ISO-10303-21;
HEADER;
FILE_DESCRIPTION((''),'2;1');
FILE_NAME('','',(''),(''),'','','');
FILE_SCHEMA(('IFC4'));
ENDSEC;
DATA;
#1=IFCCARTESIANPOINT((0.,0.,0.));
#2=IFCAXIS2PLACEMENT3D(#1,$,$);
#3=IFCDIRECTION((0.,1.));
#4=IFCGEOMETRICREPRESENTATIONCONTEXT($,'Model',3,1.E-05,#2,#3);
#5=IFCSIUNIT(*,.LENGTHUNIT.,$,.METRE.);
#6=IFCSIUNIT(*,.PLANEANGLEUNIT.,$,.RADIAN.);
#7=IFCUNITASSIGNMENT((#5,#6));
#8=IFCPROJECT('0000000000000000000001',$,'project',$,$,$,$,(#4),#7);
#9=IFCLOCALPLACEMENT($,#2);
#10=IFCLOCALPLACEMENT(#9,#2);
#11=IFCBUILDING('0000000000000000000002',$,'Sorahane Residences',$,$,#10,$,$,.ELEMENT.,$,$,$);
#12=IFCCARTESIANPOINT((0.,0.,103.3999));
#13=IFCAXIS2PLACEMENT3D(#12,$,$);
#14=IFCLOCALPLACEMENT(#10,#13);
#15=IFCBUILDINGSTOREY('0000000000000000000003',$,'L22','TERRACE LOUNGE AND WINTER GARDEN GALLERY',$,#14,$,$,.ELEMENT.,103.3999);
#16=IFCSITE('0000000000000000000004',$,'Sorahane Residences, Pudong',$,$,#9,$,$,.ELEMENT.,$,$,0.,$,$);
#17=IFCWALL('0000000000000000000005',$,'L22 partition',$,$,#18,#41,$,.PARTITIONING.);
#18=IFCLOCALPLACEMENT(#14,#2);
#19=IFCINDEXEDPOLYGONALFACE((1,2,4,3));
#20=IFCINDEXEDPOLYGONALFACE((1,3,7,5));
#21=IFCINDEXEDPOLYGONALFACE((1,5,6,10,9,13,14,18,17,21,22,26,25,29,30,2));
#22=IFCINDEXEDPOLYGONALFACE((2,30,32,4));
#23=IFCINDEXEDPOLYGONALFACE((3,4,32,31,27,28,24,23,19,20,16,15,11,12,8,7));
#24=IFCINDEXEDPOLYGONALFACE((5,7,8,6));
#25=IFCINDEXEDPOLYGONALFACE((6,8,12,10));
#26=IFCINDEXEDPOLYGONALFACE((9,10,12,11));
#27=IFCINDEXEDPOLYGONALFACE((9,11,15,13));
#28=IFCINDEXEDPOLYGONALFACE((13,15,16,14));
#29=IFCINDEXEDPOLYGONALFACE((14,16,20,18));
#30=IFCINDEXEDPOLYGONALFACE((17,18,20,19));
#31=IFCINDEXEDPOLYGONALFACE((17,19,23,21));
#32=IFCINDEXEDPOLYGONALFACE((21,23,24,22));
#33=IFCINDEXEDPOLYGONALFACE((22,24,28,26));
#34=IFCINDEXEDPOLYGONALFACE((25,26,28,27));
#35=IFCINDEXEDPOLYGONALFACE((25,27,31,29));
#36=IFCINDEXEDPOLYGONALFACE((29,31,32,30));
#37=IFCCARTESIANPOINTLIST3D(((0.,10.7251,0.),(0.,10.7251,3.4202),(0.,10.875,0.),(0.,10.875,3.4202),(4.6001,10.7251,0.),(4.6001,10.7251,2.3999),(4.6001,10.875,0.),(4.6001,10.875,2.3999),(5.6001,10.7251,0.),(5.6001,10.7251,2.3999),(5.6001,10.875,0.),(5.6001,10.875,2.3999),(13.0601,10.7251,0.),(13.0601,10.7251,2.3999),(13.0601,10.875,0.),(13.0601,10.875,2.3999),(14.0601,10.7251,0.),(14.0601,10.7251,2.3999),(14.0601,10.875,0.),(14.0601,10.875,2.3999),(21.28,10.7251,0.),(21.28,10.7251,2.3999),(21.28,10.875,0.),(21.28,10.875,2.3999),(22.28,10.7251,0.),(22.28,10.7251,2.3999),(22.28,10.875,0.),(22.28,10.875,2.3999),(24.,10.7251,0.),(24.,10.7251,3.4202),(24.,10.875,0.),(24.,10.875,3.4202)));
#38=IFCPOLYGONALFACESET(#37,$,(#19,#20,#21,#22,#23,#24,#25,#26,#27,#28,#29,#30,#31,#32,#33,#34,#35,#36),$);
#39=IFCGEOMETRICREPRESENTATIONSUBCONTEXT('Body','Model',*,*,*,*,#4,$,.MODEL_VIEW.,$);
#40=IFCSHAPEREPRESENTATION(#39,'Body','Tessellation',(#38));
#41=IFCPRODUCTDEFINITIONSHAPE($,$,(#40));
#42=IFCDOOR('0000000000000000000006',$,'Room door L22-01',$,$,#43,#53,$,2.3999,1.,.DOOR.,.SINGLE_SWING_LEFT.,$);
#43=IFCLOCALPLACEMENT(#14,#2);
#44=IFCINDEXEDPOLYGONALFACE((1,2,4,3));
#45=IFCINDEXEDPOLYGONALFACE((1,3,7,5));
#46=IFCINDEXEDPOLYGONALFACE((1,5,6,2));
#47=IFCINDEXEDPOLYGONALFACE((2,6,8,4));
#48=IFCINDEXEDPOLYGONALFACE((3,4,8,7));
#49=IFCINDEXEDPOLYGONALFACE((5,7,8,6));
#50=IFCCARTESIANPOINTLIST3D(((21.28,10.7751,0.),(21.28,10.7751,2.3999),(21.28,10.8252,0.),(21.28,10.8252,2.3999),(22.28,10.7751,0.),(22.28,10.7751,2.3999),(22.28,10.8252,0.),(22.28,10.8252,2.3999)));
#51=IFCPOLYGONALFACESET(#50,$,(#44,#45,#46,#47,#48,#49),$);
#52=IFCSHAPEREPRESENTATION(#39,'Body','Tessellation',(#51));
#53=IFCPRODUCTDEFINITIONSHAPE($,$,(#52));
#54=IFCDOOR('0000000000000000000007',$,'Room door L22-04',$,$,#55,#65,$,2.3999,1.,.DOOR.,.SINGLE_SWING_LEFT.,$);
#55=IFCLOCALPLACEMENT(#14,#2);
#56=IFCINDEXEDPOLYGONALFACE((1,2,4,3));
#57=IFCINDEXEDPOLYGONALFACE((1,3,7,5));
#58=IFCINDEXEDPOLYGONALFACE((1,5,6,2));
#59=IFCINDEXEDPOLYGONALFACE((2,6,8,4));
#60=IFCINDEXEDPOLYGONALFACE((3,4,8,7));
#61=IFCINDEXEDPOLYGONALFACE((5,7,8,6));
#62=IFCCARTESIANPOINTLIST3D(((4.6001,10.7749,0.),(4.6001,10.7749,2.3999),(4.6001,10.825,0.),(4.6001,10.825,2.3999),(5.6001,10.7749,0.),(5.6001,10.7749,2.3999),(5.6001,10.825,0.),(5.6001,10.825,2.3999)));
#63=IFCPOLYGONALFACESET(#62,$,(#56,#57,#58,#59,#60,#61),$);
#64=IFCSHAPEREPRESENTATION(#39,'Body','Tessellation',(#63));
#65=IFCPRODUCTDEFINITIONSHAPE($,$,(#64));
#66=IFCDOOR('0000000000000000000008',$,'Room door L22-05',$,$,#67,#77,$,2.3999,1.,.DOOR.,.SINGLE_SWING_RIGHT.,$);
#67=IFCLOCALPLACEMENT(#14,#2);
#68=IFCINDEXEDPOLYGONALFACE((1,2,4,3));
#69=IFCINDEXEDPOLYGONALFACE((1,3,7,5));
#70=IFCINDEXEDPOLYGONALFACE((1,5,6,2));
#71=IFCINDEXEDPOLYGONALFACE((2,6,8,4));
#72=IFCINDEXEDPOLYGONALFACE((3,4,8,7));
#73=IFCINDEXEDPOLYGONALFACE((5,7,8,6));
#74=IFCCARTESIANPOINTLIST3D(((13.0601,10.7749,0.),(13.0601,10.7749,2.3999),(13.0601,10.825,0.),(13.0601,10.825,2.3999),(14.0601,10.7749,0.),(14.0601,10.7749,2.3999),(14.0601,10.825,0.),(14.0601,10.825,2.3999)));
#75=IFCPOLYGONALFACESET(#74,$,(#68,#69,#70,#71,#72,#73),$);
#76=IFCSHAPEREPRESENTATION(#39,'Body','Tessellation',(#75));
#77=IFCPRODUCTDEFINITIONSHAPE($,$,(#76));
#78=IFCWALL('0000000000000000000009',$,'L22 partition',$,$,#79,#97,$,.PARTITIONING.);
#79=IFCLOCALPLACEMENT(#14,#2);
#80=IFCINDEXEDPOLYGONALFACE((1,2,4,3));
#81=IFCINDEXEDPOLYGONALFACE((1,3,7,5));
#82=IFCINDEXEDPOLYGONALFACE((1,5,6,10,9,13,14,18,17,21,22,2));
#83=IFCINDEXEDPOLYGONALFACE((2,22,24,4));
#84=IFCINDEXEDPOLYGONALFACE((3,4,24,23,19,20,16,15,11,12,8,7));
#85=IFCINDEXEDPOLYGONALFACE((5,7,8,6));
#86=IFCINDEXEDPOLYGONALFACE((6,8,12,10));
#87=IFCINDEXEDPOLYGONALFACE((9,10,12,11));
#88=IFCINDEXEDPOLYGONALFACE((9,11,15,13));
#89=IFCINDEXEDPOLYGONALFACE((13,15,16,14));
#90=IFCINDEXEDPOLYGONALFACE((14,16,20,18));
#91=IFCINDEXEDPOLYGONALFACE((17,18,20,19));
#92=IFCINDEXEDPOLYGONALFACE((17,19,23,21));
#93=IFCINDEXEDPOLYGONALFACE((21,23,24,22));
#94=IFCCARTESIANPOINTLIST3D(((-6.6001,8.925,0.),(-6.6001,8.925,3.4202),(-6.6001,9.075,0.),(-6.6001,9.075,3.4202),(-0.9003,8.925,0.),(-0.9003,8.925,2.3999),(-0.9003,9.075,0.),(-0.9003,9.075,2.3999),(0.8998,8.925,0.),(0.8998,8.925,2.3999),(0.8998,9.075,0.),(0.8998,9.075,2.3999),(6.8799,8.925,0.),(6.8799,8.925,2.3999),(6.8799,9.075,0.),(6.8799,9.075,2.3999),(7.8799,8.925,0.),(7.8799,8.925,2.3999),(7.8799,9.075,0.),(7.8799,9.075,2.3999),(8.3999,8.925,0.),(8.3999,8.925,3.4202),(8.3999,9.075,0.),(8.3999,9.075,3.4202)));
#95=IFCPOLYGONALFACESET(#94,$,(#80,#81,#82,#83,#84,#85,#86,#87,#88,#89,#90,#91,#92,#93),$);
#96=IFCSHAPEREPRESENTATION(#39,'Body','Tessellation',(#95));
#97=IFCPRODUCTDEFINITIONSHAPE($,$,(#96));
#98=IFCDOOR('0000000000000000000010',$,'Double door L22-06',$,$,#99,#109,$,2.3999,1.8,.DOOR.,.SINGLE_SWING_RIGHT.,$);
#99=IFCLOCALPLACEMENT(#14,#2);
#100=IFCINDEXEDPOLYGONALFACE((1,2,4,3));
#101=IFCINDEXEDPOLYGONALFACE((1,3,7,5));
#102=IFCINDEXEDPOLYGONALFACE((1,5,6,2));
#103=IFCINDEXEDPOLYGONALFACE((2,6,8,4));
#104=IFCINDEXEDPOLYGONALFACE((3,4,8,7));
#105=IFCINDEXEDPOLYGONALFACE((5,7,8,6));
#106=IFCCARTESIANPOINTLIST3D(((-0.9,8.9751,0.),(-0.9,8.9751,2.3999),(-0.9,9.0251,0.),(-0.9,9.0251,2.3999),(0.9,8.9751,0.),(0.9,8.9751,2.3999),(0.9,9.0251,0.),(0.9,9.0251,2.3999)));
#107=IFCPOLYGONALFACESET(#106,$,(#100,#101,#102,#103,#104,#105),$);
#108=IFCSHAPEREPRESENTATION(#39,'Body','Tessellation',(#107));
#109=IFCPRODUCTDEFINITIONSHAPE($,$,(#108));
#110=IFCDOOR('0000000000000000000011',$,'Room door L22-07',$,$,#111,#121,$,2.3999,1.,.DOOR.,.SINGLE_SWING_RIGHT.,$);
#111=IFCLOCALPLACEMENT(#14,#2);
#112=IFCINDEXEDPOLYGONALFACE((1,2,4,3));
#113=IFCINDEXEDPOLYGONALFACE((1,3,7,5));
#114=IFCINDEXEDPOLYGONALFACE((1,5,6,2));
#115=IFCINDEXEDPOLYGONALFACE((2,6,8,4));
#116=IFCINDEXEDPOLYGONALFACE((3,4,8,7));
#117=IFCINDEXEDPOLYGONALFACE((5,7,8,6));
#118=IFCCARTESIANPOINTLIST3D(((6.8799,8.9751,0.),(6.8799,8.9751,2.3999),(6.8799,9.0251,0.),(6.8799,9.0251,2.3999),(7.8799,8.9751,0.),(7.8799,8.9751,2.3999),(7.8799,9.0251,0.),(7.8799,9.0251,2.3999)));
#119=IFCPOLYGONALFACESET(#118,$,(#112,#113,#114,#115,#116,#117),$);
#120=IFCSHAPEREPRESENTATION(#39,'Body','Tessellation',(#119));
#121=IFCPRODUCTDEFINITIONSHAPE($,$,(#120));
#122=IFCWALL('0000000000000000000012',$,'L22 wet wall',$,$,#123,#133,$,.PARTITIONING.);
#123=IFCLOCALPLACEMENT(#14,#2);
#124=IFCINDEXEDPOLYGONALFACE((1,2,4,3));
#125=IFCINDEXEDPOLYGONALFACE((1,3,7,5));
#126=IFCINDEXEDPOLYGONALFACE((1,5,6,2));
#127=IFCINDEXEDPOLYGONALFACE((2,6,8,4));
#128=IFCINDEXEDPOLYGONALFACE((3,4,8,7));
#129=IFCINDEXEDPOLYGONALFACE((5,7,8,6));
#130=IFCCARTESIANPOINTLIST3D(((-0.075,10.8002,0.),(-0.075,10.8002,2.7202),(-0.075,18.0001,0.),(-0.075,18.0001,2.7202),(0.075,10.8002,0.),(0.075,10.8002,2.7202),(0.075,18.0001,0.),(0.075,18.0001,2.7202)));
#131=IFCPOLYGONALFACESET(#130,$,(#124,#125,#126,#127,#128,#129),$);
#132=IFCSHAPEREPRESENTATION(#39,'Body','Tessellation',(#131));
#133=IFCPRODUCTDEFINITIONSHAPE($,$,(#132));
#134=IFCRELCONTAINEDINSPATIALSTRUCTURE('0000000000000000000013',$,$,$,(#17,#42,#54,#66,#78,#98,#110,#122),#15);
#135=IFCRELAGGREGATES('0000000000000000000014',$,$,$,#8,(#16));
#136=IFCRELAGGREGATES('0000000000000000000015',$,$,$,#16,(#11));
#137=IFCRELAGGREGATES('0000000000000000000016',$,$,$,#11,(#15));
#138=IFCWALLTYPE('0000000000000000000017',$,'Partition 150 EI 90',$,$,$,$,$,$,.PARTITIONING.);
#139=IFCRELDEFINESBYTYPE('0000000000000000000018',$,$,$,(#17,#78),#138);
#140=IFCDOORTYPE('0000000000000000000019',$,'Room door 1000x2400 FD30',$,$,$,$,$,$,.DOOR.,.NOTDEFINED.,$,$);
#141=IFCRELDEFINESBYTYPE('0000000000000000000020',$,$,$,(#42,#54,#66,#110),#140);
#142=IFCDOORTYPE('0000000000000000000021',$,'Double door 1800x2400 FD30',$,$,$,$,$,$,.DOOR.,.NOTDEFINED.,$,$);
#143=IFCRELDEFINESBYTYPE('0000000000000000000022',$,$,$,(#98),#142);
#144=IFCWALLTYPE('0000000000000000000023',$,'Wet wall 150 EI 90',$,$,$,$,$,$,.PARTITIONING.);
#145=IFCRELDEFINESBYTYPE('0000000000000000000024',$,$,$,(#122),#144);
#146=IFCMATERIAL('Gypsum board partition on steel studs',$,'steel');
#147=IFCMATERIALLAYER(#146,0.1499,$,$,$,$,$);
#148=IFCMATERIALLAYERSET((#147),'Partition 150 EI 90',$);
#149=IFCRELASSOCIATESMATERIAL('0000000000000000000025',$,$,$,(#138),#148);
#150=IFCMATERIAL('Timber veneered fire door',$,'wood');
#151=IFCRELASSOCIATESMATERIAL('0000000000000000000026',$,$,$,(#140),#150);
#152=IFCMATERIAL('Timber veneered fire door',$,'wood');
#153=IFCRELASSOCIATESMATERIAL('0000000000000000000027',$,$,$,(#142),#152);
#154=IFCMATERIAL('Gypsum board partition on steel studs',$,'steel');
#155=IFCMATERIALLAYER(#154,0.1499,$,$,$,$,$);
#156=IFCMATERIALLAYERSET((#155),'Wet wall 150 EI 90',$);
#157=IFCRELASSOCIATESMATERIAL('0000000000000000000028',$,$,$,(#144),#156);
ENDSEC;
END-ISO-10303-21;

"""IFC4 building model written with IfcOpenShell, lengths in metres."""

from ifc_helpers import new_model, si_unit, direction, frame, frame_2d, origin, place, context, subcontext, project, spatial, rectangle, extrude, material, layer, layer_set, type_object, element, fill, save


model = new_model("IFC4")

# Units and contexts
model_context = context("Model", 3, precision=1e-05, world=origin(), true_north=direction((0.0, 1.0)))
body_context = subcontext(model_context, "Body", "Model", "MODEL_VIEW")
ifc_project = project(units=[si_unit("LENGTHUNIT", "METRE"), si_unit("PLANEANGLEUNIT", "RADIAN")], contexts=[model_context])

# Site, building, storey
site_placement = place(None, origin())
site = spatial("IfcSite", under=ifc_project, at=site_placement, Name="Sorahane Residences, Pudong", CompositionType="ELEMENT", RefElevation=0.0)
building_placement = place(site_placement, origin())
building = spatial("IfcBuilding", under=site, at=building_placement, Name="Sorahane Residences", CompositionType="ELEMENT")
storey_placement = place(building_placement, frame((0.0, 0.0, 103.3999)))
storey = spatial("IfcBuildingStorey", under=building, at=storey_placement, Name="L22", Description="TERRACE LOUNGE AND WINTER GARDEN GALLERY", CompositionType="ELEMENT", Elevation=103.3999)

# Walls, openings, doors
ifc_material_1 = material(Name="Gypsum board partition on steel studs", Category="steel")
ifc_layer_1 = layer(ifc_material_1, 0.1499)
ifc_layer_set_1 = layer_set([ifc_layer_1], Name="Partition 150 EI 90")
wall_type_1 = type_object("IfcWallType", Name="Partition 150 EI 90", PredefinedType="PARTITIONING", material=ifc_layer_set_1)
wall_1_placement = place(storey_placement, frame((0.0, 10.8, 0.0), z_axis=(0.0, 0.0, 1.0), x_axis=(1.0, 0.0, 0.0)))
wall_1 = element("IfcWall", 1, at=wall_1_placement, inside=storey, type_object=wall_type_1, Name="L22 partition", PredefinedType="PARTITIONING", context=body_context, shape_type="SweptSolid", body=[
    extrude(rectangle(XDim=24.0, YDim=0.1499, at=frame_2d((12.0, 0.0))), origin(), (0.0, 0.0, 1.0), 3.4202),
])
opening_1_placement = place(wall_1_placement, frame((21.28, 0.0, 0.0)))
opening_1 = element("IfcOpeningElement", 2, at=opening_1_placement, cuts=wall_1, PredefinedType="OPENING", context=body_context, shape_type="SweptSolid", body=[
    extrude(rectangle(XDim=1.0, YDim=2.3999, at=frame_2d((0.5, 1.2))), frame((0.0, 0.085, 0.0), z_axis=(0.0, -1.0, 0.0), x_axis=(1.0, 0.0, 0.0)), (0.0, 0.0, 1.0), 0.1699),
])
opening_2_placement = place(wall_1_placement, frame((4.6001, 0.0, 0.0)))
opening_2 = element("IfcOpeningElement", 3, at=opening_2_placement, cuts=wall_1, PredefinedType="OPENING", context=body_context, shape_type="SweptSolid", body=[
    extrude(rectangle(XDim=1.0, YDim=2.3999, at=frame_2d((0.5, 1.2))), frame((0.0, 0.085, 0.0), z_axis=(0.0, -1.0, 0.0), x_axis=(1.0, 0.0, 0.0)), (0.0, 0.0, 1.0), 0.1699),
])
opening_3_placement = place(wall_1_placement, frame((13.0601, 0.0, 0.0)))
opening_3 = element("IfcOpeningElement", 4, at=opening_3_placement, cuts=wall_1, PredefinedType="OPENING", context=body_context, shape_type="SweptSolid", body=[
    extrude(rectangle(XDim=1.0, YDim=2.3999, at=frame_2d((0.5, 1.2))), frame((0.0, 0.085, 0.0), z_axis=(0.0, -1.0, 0.0), x_axis=(1.0, 0.0, 0.0)), (0.0, 0.0, 1.0), 0.1699),
])
ifc_material_2 = material(Name="Timber veneered fire door", Category="wood")
door_type_1 = type_object("IfcDoorType", Name="Room door 1000x2400 FD30", OperationType="NOTDEFINED", PredefinedType="DOOR", material=ifc_material_2)
door_1_placement = place(opening_1_placement, frame((1.0, 0.0, 0.0), z_axis=(0.0, 0.0, 1.0), x_axis=(-1.0, 0.0, 0.0)))
door_1 = element("IfcDoor", 5, at=door_1_placement, inside=storey, type_object=door_type_1, Name="Room door L22-01", OperationType="SINGLE_SWING_LEFT", OverallHeight=2.3999, OverallWidth=1.0, PredefinedType="DOOR", context=body_context, shape_type="SweptSolid", body=[
    extrude(rectangle(XDim=1.0, YDim=2.3999, at=frame_2d((0.5, 1.2))), frame((0.0, 0.0249, 0.0), z_axis=(0.0, -1.0, 0.0), x_axis=(1.0, 0.0, 0.0)), (0.0, 0.0, 1.0), 0.05),
])
fill(opening_1, door_1)
door_2_placement = place(opening_2_placement, origin())
door_2 = element("IfcDoor", 6, at=door_2_placement, inside=storey, type_object=door_type_1, Name="Room door L22-04", OperationType="SINGLE_SWING_LEFT", OverallHeight=2.3999, OverallWidth=1.0, PredefinedType="DOOR", context=body_context, shape_type="SweptSolid", body=[
    extrude(rectangle(XDim=1.0, YDim=2.3999, at=frame_2d((0.5, 1.2))), frame((0.0, 0.0249, 0.0), z_axis=(0.0, -1.0, 0.0), x_axis=(1.0, 0.0, 0.0)), (0.0, 0.0, 1.0), 0.05),
])
fill(opening_2, door_2)
door_3_placement = place(opening_3_placement, origin())
door_3 = element("IfcDoor", 7, at=door_3_placement, inside=storey, type_object=door_type_1, Name="Room door L22-05", OperationType="SINGLE_SWING_RIGHT", OverallHeight=2.3999, OverallWidth=1.0, PredefinedType="DOOR", context=body_context, shape_type="SweptSolid", body=[
    extrude(rectangle(XDim=1.0, YDim=2.3999, at=frame_2d((0.5, 1.2))), frame((0.0, 0.0249, 0.0), z_axis=(0.0, -1.0, 0.0), x_axis=(1.0, 0.0, 0.0)), (0.0, 0.0, 1.0), 0.05),
])
fill(opening_3, door_3)
wall_2_placement = place(storey_placement, frame((-6.6001, 9.0, 0.0), z_axis=(0.0, 0.0, 1.0), x_axis=(1.0, 0.0, 0.0)))
wall_2 = element("IfcWall", 8, at=wall_2_placement, inside=storey, type_object=wall_type_1, Name="L22 partition", PredefinedType="PARTITIONING", context=body_context, shape_type="SweptSolid", body=[
    extrude(rectangle(XDim=15.0, YDim=0.1499, at=frame_2d((7.5, 0.0))), origin(), (0.0, 0.0, 1.0), 3.4202),
])
opening_4_placement = place(wall_2_placement, frame((5.7, 0.0, 0.0)))
opening_4 = element("IfcOpeningElement", 9, at=opening_4_placement, cuts=wall_2, PredefinedType="OPENING", context=body_context, shape_type="SweptSolid", body=[
    extrude(rectangle(XDim=1.8, YDim=2.3999, at=frame_2d((0.8999, 1.2))), frame((0.0, 0.085, 0.0), z_axis=(0.0, -1.0, 0.0), x_axis=(1.0, 0.0, 0.0)), (0.0, 0.0, 1.0), 0.1699),
])
opening_5_placement = place(wall_2_placement, frame((13.48, 0.0, 0.0)))
opening_5 = element("IfcOpeningElement", 10, at=opening_5_placement, cuts=wall_2, PredefinedType="OPENING", context=body_context, shape_type="SweptSolid", body=[
    extrude(rectangle(XDim=1.0, YDim=2.3999, at=frame_2d((0.5, 1.2))), frame((0.0, 0.085, 0.0), z_axis=(0.0, -1.0, 0.0), x_axis=(1.0, 0.0, 0.0)), (0.0, 0.0, 1.0), 0.1699),
])
ifc_material_3 = material(Name="Timber veneered fire door", Category="wood")
door_type_2 = type_object("IfcDoorType", Name="Double door 1800x2400 FD30", OperationType="NOTDEFINED", PredefinedType="DOOR", material=ifc_material_3)
door_4_placement = place(opening_4_placement, frame((1.8, 0.0, 0.0), z_axis=(0.0, 0.0, 1.0), x_axis=(-1.0, 0.0, 0.0)))
door_4 = element("IfcDoor", 11, at=door_4_placement, inside=storey, type_object=door_type_2, Name="Double door L22-06", OperationType="SINGLE_SWING_RIGHT", OverallHeight=2.3999, OverallWidth=1.8, PredefinedType="DOOR", context=body_context, shape_type="SweptSolid", body=[
    extrude(rectangle(XDim=1.8, YDim=2.3999, at=frame_2d((0.8999, 1.2))), frame((0.0, 0.0249, 0.0), z_axis=(0.0, -1.0, 0.0), x_axis=(1.0, 0.0, 0.0)), (0.0, 0.0, 1.0), 0.05),
])
fill(opening_4, door_4)
door_5_placement = place(opening_5_placement, frame((1.0, 0.0, 0.0), z_axis=(0.0, 0.0, 1.0), x_axis=(-1.0, 0.0, 0.0)))
door_5 = element("IfcDoor", 12, at=door_5_placement, inside=storey, type_object=door_type_1, Name="Room door L22-07", OperationType="SINGLE_SWING_RIGHT", OverallHeight=2.3999, OverallWidth=1.0, PredefinedType="DOOR", context=body_context, shape_type="SweptSolid", body=[
    extrude(rectangle(XDim=1.0, YDim=2.3999, at=frame_2d((0.5, 1.2))), frame((0.0, 0.0249, 0.0), z_axis=(0.0, -1.0, 0.0), x_axis=(1.0, 0.0, 0.0)), (0.0, 0.0, 1.0), 0.05),
])
fill(opening_5, door_5)

# Wall
ifc_material_4 = material(Name="Gypsum board partition on steel studs", Category="steel")
ifc_layer_2 = layer(ifc_material_4, 0.1499)
ifc_layer_set_2 = layer_set([ifc_layer_2], Name="Wet wall 150 EI 90")
wall_type_2 = type_object("IfcWallType", Name="Wet wall 150 EI 90", PredefinedType="PARTITIONING", material=ifc_layer_set_2)
wall_3_placement = place(storey_placement, frame((0.0, 10.8, 0.0), z_axis=(0.0, 0.0, 1.0), x_axis=(0.0, 1.0, 0.0)))
element("IfcWall", 13, at=wall_3_placement, inside=storey, type_object=wall_type_2, Name="L22 wet wall", PredefinedType="PARTITIONING", context=body_context, shape_type="SweptSolid", body=[
    extrude(rectangle(XDim=7.2, YDim=0.1499, at=frame_2d((3.6001, 0.0))), origin(), (0.0, 0.0, 1.0), 2.7202),
])

save(model, "model.ifc")
